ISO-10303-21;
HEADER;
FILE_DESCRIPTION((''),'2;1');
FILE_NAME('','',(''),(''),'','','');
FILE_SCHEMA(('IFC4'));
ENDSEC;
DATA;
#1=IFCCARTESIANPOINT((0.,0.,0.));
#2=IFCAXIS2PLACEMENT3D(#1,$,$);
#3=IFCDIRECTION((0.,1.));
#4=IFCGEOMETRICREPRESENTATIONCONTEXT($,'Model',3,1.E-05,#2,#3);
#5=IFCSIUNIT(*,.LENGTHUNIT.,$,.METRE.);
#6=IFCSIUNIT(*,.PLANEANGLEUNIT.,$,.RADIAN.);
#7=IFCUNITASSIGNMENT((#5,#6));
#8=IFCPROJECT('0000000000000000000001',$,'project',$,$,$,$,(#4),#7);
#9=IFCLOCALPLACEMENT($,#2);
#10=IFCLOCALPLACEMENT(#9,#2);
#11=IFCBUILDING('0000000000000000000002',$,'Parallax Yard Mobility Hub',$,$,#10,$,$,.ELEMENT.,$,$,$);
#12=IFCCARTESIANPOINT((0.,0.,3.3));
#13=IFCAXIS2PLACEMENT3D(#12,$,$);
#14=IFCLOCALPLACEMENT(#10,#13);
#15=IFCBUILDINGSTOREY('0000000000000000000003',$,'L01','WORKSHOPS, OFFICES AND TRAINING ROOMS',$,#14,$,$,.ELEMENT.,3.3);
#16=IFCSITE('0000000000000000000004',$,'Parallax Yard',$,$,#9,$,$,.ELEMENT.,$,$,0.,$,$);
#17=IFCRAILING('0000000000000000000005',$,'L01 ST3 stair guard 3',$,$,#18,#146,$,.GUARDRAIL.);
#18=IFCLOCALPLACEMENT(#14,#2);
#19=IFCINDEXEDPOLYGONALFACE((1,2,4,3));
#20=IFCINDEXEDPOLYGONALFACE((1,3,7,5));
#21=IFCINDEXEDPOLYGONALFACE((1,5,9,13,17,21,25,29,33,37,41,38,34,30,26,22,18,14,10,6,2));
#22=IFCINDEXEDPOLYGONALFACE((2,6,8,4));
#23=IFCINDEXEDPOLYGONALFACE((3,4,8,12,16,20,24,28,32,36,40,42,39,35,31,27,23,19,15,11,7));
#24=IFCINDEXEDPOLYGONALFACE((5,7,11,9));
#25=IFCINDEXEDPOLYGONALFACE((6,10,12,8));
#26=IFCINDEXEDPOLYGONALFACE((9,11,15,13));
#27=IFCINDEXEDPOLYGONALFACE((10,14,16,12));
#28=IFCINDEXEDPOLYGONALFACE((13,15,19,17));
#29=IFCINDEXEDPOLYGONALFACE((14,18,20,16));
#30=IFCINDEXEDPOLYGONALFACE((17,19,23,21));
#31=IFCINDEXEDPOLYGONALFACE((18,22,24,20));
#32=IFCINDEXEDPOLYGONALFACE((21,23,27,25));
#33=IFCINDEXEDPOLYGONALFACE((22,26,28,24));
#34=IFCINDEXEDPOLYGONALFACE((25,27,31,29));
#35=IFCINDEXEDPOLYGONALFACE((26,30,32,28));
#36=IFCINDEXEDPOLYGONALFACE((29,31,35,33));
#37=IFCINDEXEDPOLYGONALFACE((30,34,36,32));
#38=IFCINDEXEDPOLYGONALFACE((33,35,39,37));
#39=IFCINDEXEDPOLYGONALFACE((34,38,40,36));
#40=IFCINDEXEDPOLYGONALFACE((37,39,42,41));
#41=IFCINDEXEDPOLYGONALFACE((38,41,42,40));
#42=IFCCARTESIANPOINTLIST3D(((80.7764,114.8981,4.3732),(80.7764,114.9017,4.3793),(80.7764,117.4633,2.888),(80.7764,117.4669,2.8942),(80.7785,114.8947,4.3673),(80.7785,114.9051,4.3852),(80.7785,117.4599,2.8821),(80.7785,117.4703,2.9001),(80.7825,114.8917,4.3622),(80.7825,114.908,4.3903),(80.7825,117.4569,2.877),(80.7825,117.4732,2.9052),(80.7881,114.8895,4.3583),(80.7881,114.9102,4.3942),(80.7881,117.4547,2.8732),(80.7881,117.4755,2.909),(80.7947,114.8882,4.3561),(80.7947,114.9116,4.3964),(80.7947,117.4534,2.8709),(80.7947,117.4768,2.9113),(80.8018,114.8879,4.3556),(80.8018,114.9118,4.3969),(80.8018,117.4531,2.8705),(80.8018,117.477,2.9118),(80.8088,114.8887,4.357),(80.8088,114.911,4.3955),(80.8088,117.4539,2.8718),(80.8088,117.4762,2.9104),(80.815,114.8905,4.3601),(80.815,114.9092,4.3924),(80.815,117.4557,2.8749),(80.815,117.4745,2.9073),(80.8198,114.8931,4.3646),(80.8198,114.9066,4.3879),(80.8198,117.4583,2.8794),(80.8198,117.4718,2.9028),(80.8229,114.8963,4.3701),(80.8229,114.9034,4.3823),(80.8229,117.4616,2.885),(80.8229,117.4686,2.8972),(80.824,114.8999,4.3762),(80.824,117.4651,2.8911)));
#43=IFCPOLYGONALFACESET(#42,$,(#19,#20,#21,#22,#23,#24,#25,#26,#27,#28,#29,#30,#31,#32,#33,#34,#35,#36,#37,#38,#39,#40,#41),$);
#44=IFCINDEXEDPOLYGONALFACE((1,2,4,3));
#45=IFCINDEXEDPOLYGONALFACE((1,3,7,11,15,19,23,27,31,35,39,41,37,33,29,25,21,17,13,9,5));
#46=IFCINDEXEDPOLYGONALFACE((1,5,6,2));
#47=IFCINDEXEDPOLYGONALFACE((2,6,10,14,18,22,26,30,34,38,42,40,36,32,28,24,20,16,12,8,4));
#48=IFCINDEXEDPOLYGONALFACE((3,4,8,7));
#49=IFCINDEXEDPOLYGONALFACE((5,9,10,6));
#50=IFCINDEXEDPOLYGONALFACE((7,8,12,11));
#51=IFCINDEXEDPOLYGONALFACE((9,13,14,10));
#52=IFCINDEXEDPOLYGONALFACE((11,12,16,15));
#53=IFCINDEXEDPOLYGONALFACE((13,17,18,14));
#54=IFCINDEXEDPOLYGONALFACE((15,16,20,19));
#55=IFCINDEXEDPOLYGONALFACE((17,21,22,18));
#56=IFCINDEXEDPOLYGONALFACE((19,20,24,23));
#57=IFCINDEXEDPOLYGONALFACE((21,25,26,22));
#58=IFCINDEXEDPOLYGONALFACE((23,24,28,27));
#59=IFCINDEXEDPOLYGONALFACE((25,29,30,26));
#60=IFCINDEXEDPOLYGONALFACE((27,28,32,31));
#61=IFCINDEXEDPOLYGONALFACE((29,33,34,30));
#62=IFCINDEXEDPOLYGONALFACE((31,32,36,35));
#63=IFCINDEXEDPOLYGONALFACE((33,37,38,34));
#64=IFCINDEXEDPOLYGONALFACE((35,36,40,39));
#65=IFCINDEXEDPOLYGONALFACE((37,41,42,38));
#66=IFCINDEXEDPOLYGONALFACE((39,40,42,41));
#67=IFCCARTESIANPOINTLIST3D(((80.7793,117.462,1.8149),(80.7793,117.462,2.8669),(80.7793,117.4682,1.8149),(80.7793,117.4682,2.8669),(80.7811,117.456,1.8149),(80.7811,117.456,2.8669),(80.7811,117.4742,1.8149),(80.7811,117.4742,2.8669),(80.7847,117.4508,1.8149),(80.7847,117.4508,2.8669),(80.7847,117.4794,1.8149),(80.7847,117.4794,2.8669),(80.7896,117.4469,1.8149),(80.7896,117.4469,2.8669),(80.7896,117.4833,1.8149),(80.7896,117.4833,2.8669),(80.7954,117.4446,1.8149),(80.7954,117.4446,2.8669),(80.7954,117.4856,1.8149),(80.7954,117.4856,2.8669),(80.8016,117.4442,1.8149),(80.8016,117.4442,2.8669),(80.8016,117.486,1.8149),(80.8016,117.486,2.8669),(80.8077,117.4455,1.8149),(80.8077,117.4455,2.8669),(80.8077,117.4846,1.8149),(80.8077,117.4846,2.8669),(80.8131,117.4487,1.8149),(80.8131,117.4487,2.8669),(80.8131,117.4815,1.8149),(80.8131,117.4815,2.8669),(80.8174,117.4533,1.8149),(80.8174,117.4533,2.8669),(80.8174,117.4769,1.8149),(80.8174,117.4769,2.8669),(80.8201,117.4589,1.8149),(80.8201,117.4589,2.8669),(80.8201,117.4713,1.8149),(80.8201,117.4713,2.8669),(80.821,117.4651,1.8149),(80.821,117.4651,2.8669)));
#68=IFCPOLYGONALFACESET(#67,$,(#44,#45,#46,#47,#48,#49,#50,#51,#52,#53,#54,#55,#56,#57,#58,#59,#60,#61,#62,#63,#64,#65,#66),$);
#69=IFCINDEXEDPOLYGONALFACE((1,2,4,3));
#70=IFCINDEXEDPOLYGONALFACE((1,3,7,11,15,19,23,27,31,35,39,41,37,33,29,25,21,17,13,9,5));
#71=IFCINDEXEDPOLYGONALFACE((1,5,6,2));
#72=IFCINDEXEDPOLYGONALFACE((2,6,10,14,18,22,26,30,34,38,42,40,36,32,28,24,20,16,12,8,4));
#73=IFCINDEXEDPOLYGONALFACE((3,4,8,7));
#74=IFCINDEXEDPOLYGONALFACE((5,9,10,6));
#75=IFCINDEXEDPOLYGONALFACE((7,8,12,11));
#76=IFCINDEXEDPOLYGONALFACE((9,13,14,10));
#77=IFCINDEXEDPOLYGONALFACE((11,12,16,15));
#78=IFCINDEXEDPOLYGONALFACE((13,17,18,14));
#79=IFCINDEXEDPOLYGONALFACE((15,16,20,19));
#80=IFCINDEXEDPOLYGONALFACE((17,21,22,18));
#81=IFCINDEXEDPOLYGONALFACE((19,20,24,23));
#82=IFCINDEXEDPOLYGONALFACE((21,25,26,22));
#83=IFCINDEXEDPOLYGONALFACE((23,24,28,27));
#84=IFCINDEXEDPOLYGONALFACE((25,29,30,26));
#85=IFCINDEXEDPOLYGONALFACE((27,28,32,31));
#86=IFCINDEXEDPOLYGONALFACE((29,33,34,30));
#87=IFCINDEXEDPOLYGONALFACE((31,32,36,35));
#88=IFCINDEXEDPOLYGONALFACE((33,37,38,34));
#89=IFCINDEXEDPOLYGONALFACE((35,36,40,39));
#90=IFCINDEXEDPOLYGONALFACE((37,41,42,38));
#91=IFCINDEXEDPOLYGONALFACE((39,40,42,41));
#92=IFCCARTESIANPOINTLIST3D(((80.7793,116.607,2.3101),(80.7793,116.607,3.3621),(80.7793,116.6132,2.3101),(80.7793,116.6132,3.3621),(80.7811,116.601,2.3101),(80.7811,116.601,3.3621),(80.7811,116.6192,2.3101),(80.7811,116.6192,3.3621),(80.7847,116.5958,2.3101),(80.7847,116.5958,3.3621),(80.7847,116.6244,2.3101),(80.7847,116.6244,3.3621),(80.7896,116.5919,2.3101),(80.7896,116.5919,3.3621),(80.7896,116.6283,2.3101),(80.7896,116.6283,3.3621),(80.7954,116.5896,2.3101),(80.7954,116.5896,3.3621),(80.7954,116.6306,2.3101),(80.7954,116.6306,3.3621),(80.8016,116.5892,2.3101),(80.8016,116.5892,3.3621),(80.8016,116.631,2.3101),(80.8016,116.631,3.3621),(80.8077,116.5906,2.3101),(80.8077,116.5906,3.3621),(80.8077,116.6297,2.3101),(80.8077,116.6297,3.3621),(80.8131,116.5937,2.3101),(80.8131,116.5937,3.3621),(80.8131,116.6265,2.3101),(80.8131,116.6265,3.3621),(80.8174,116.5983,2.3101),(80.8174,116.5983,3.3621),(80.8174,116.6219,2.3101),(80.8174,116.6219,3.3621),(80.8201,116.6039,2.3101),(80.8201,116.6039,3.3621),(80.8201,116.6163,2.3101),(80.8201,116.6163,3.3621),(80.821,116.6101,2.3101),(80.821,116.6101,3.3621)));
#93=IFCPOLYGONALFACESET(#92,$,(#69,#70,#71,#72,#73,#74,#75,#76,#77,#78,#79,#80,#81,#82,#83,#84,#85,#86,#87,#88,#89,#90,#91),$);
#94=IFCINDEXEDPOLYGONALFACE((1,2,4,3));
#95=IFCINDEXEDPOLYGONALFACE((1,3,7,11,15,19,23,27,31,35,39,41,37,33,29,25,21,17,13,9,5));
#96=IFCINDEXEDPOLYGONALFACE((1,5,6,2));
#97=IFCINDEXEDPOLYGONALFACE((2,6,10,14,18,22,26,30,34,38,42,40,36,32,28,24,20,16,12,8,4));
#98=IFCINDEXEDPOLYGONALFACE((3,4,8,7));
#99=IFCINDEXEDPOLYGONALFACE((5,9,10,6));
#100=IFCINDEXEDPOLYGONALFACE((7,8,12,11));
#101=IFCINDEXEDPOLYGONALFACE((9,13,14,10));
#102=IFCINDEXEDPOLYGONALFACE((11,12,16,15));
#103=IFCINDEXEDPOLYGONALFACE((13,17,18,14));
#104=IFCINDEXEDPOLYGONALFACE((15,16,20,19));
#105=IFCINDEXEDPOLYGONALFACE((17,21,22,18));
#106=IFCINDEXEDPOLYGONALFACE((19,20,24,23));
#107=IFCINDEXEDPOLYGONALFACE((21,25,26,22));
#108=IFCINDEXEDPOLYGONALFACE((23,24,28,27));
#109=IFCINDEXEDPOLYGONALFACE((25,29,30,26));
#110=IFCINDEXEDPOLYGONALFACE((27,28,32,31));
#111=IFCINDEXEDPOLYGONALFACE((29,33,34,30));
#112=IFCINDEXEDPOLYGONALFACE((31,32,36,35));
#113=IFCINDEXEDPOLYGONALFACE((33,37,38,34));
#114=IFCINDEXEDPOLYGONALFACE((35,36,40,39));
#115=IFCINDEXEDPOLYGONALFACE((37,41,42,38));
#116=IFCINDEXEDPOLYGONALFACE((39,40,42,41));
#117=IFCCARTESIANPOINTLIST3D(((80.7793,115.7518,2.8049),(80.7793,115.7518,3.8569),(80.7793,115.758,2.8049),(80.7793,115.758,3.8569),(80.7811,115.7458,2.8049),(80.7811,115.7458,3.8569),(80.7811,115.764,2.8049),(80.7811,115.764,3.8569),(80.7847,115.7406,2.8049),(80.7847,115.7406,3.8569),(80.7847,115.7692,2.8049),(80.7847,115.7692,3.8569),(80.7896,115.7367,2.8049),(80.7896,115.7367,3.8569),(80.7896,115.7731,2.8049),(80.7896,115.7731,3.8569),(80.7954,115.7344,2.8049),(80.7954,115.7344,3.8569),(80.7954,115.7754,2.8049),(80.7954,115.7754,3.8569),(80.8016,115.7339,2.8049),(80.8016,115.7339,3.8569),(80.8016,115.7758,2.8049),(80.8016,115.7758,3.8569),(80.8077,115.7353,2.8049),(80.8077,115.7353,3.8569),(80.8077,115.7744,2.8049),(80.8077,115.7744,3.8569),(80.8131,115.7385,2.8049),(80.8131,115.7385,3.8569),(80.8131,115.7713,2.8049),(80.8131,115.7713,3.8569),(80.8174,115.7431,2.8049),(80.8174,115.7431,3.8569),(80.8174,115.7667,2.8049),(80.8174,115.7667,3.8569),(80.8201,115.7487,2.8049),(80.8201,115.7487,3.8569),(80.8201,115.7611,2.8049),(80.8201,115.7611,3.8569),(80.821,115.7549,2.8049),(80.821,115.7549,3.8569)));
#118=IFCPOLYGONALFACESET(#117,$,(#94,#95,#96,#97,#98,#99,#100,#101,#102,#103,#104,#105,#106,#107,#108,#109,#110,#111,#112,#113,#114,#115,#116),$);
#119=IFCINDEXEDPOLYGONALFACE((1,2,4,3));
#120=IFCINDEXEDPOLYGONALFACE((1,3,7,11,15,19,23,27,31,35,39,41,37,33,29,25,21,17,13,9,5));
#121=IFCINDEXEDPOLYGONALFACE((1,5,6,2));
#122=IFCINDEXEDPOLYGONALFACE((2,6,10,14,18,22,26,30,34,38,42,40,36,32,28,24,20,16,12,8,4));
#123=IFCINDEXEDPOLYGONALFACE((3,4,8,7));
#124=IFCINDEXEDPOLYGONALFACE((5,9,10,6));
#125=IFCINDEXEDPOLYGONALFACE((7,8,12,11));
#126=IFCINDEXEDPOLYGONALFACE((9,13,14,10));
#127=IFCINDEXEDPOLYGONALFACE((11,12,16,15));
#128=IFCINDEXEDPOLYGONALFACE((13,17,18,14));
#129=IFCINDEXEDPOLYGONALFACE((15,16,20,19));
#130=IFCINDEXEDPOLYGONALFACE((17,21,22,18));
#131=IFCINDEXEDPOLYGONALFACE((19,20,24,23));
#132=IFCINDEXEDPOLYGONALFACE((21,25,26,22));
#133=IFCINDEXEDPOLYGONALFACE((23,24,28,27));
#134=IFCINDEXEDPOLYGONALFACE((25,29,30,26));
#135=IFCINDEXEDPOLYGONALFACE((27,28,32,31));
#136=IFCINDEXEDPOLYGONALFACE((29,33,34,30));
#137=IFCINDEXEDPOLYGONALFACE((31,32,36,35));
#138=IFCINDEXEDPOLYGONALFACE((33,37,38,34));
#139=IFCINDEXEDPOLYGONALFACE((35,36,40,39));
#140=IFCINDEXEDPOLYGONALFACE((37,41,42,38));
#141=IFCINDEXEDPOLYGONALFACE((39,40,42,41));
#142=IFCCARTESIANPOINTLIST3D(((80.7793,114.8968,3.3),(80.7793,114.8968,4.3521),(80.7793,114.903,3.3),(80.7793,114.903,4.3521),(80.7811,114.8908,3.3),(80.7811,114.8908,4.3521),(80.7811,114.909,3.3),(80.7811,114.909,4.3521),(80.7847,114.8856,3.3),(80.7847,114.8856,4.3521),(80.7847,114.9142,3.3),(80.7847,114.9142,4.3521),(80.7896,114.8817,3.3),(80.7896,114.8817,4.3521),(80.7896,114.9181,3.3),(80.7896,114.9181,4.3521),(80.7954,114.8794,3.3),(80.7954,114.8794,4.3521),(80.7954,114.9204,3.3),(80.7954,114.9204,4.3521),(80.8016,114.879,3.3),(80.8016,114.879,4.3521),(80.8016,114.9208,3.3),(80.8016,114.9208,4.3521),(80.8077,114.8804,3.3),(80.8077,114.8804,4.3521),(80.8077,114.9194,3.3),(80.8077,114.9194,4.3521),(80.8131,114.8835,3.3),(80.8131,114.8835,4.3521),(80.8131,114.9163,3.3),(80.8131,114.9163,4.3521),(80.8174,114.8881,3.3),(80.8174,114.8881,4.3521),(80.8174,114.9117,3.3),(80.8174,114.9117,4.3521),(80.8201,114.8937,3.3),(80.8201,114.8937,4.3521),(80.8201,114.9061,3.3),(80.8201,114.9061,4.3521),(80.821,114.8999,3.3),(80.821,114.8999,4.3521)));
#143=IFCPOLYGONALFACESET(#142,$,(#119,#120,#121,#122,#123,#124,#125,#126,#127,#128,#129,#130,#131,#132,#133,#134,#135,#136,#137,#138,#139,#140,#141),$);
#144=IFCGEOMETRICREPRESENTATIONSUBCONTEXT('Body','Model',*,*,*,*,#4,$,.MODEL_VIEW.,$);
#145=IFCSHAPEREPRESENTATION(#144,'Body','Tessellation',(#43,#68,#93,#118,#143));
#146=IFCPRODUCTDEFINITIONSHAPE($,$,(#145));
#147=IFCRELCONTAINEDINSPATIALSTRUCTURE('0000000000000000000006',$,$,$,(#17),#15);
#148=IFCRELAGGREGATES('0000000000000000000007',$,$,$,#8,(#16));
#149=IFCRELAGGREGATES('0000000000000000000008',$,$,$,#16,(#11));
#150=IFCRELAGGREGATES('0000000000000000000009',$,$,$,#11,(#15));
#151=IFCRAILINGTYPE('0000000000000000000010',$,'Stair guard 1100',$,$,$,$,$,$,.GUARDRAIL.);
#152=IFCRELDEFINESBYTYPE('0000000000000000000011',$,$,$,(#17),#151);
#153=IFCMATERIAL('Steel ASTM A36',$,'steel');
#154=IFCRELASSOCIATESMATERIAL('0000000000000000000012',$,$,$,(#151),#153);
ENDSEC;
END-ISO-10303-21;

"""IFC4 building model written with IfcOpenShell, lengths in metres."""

from ifc_helpers import new_model, si_unit, direction, frame, origin, origin_2d, place, context, subcontext, project, spatial, circle, extrude, material, type_object, element, save


model = new_model("IFC4")

# Units and contexts
model_context = context("Model", 3, precision=1e-05, world=origin(), true_north=direction((0.0, 1.0)))
body_context = subcontext(model_context, "Body", "Model", "MODEL_VIEW")
ifc_project = project(units=[si_unit("LENGTHUNIT", "METRE"), si_unit("PLANEANGLEUNIT", "RADIAN")], contexts=[model_context])

# Site, building, storey
site_placement = place(None, origin())
site = spatial("IfcSite", under=ifc_project, at=site_placement, Name="Parallax Yard", CompositionType="ELEMENT", RefElevation=0.0)
building_placement = place(site_placement, origin())
building = spatial("IfcBuilding", under=site, at=building_placement, Name="Parallax Yard Mobility Hub", CompositionType="ELEMENT")
storey_placement = place(building_placement, frame((0.0, 0.0, 3.3)))
storey = spatial("IfcBuildingStorey", under=building, at=storey_placement, Name="L01", Description="WORKSHOPS, OFFICES AND TRAINING ROOMS", CompositionType="ELEMENT", Elevation=3.3)

# Railing
ifc_material_1 = material(Name="Steel ASTM A36", Category="steel")
railing_type_1 = type_object("IfcRailingType", Name="Stair guard 1100", PredefinedType="GUARDRAIL", material=ifc_material_1)
railing_1_placement = place(storey_placement, frame((80.8, 117.4651, 1.8149)))
element("IfcRailing", 1, at=railing_1_placement, inside=storey, type_object=railing_type_1, Name="L01 ST3 stair guard 3", PredefinedType="GUARDRAIL", context=body_context, shape_type="SweptSolid", body=[
    extrude(circle(Radius=0.0239, at=origin_2d()), frame((0.0, 0.0, 1.0762), z_axis=(0.0, -0.865426, 0.501036), x_axis=(1.0, 0.0, 0.0)), (0.0, 0.0, 1.0), 2.9641),
    extrude(circle(Radius=0.021, at=origin_2d()), origin(), (0.0, 0.0, 1.0), 1.052),
    extrude(circle(Radius=0.021, at=origin_2d()), frame((0.0, -0.855, 0.4951)), (0.0, 0.0, 1.0), 1.052),
    extrude(circle(Radius=0.021, at=origin_2d()), frame((0.0, -1.7102, 0.99)), (0.0, 0.0, 1.0), 1.052),
    extrude(circle(Radius=0.021, at=origin_2d()), frame((0.0, -2.5652, 1.4851)), (0.0, 0.0, 1.0), 1.052),
])

save(model, "model.ifc")
